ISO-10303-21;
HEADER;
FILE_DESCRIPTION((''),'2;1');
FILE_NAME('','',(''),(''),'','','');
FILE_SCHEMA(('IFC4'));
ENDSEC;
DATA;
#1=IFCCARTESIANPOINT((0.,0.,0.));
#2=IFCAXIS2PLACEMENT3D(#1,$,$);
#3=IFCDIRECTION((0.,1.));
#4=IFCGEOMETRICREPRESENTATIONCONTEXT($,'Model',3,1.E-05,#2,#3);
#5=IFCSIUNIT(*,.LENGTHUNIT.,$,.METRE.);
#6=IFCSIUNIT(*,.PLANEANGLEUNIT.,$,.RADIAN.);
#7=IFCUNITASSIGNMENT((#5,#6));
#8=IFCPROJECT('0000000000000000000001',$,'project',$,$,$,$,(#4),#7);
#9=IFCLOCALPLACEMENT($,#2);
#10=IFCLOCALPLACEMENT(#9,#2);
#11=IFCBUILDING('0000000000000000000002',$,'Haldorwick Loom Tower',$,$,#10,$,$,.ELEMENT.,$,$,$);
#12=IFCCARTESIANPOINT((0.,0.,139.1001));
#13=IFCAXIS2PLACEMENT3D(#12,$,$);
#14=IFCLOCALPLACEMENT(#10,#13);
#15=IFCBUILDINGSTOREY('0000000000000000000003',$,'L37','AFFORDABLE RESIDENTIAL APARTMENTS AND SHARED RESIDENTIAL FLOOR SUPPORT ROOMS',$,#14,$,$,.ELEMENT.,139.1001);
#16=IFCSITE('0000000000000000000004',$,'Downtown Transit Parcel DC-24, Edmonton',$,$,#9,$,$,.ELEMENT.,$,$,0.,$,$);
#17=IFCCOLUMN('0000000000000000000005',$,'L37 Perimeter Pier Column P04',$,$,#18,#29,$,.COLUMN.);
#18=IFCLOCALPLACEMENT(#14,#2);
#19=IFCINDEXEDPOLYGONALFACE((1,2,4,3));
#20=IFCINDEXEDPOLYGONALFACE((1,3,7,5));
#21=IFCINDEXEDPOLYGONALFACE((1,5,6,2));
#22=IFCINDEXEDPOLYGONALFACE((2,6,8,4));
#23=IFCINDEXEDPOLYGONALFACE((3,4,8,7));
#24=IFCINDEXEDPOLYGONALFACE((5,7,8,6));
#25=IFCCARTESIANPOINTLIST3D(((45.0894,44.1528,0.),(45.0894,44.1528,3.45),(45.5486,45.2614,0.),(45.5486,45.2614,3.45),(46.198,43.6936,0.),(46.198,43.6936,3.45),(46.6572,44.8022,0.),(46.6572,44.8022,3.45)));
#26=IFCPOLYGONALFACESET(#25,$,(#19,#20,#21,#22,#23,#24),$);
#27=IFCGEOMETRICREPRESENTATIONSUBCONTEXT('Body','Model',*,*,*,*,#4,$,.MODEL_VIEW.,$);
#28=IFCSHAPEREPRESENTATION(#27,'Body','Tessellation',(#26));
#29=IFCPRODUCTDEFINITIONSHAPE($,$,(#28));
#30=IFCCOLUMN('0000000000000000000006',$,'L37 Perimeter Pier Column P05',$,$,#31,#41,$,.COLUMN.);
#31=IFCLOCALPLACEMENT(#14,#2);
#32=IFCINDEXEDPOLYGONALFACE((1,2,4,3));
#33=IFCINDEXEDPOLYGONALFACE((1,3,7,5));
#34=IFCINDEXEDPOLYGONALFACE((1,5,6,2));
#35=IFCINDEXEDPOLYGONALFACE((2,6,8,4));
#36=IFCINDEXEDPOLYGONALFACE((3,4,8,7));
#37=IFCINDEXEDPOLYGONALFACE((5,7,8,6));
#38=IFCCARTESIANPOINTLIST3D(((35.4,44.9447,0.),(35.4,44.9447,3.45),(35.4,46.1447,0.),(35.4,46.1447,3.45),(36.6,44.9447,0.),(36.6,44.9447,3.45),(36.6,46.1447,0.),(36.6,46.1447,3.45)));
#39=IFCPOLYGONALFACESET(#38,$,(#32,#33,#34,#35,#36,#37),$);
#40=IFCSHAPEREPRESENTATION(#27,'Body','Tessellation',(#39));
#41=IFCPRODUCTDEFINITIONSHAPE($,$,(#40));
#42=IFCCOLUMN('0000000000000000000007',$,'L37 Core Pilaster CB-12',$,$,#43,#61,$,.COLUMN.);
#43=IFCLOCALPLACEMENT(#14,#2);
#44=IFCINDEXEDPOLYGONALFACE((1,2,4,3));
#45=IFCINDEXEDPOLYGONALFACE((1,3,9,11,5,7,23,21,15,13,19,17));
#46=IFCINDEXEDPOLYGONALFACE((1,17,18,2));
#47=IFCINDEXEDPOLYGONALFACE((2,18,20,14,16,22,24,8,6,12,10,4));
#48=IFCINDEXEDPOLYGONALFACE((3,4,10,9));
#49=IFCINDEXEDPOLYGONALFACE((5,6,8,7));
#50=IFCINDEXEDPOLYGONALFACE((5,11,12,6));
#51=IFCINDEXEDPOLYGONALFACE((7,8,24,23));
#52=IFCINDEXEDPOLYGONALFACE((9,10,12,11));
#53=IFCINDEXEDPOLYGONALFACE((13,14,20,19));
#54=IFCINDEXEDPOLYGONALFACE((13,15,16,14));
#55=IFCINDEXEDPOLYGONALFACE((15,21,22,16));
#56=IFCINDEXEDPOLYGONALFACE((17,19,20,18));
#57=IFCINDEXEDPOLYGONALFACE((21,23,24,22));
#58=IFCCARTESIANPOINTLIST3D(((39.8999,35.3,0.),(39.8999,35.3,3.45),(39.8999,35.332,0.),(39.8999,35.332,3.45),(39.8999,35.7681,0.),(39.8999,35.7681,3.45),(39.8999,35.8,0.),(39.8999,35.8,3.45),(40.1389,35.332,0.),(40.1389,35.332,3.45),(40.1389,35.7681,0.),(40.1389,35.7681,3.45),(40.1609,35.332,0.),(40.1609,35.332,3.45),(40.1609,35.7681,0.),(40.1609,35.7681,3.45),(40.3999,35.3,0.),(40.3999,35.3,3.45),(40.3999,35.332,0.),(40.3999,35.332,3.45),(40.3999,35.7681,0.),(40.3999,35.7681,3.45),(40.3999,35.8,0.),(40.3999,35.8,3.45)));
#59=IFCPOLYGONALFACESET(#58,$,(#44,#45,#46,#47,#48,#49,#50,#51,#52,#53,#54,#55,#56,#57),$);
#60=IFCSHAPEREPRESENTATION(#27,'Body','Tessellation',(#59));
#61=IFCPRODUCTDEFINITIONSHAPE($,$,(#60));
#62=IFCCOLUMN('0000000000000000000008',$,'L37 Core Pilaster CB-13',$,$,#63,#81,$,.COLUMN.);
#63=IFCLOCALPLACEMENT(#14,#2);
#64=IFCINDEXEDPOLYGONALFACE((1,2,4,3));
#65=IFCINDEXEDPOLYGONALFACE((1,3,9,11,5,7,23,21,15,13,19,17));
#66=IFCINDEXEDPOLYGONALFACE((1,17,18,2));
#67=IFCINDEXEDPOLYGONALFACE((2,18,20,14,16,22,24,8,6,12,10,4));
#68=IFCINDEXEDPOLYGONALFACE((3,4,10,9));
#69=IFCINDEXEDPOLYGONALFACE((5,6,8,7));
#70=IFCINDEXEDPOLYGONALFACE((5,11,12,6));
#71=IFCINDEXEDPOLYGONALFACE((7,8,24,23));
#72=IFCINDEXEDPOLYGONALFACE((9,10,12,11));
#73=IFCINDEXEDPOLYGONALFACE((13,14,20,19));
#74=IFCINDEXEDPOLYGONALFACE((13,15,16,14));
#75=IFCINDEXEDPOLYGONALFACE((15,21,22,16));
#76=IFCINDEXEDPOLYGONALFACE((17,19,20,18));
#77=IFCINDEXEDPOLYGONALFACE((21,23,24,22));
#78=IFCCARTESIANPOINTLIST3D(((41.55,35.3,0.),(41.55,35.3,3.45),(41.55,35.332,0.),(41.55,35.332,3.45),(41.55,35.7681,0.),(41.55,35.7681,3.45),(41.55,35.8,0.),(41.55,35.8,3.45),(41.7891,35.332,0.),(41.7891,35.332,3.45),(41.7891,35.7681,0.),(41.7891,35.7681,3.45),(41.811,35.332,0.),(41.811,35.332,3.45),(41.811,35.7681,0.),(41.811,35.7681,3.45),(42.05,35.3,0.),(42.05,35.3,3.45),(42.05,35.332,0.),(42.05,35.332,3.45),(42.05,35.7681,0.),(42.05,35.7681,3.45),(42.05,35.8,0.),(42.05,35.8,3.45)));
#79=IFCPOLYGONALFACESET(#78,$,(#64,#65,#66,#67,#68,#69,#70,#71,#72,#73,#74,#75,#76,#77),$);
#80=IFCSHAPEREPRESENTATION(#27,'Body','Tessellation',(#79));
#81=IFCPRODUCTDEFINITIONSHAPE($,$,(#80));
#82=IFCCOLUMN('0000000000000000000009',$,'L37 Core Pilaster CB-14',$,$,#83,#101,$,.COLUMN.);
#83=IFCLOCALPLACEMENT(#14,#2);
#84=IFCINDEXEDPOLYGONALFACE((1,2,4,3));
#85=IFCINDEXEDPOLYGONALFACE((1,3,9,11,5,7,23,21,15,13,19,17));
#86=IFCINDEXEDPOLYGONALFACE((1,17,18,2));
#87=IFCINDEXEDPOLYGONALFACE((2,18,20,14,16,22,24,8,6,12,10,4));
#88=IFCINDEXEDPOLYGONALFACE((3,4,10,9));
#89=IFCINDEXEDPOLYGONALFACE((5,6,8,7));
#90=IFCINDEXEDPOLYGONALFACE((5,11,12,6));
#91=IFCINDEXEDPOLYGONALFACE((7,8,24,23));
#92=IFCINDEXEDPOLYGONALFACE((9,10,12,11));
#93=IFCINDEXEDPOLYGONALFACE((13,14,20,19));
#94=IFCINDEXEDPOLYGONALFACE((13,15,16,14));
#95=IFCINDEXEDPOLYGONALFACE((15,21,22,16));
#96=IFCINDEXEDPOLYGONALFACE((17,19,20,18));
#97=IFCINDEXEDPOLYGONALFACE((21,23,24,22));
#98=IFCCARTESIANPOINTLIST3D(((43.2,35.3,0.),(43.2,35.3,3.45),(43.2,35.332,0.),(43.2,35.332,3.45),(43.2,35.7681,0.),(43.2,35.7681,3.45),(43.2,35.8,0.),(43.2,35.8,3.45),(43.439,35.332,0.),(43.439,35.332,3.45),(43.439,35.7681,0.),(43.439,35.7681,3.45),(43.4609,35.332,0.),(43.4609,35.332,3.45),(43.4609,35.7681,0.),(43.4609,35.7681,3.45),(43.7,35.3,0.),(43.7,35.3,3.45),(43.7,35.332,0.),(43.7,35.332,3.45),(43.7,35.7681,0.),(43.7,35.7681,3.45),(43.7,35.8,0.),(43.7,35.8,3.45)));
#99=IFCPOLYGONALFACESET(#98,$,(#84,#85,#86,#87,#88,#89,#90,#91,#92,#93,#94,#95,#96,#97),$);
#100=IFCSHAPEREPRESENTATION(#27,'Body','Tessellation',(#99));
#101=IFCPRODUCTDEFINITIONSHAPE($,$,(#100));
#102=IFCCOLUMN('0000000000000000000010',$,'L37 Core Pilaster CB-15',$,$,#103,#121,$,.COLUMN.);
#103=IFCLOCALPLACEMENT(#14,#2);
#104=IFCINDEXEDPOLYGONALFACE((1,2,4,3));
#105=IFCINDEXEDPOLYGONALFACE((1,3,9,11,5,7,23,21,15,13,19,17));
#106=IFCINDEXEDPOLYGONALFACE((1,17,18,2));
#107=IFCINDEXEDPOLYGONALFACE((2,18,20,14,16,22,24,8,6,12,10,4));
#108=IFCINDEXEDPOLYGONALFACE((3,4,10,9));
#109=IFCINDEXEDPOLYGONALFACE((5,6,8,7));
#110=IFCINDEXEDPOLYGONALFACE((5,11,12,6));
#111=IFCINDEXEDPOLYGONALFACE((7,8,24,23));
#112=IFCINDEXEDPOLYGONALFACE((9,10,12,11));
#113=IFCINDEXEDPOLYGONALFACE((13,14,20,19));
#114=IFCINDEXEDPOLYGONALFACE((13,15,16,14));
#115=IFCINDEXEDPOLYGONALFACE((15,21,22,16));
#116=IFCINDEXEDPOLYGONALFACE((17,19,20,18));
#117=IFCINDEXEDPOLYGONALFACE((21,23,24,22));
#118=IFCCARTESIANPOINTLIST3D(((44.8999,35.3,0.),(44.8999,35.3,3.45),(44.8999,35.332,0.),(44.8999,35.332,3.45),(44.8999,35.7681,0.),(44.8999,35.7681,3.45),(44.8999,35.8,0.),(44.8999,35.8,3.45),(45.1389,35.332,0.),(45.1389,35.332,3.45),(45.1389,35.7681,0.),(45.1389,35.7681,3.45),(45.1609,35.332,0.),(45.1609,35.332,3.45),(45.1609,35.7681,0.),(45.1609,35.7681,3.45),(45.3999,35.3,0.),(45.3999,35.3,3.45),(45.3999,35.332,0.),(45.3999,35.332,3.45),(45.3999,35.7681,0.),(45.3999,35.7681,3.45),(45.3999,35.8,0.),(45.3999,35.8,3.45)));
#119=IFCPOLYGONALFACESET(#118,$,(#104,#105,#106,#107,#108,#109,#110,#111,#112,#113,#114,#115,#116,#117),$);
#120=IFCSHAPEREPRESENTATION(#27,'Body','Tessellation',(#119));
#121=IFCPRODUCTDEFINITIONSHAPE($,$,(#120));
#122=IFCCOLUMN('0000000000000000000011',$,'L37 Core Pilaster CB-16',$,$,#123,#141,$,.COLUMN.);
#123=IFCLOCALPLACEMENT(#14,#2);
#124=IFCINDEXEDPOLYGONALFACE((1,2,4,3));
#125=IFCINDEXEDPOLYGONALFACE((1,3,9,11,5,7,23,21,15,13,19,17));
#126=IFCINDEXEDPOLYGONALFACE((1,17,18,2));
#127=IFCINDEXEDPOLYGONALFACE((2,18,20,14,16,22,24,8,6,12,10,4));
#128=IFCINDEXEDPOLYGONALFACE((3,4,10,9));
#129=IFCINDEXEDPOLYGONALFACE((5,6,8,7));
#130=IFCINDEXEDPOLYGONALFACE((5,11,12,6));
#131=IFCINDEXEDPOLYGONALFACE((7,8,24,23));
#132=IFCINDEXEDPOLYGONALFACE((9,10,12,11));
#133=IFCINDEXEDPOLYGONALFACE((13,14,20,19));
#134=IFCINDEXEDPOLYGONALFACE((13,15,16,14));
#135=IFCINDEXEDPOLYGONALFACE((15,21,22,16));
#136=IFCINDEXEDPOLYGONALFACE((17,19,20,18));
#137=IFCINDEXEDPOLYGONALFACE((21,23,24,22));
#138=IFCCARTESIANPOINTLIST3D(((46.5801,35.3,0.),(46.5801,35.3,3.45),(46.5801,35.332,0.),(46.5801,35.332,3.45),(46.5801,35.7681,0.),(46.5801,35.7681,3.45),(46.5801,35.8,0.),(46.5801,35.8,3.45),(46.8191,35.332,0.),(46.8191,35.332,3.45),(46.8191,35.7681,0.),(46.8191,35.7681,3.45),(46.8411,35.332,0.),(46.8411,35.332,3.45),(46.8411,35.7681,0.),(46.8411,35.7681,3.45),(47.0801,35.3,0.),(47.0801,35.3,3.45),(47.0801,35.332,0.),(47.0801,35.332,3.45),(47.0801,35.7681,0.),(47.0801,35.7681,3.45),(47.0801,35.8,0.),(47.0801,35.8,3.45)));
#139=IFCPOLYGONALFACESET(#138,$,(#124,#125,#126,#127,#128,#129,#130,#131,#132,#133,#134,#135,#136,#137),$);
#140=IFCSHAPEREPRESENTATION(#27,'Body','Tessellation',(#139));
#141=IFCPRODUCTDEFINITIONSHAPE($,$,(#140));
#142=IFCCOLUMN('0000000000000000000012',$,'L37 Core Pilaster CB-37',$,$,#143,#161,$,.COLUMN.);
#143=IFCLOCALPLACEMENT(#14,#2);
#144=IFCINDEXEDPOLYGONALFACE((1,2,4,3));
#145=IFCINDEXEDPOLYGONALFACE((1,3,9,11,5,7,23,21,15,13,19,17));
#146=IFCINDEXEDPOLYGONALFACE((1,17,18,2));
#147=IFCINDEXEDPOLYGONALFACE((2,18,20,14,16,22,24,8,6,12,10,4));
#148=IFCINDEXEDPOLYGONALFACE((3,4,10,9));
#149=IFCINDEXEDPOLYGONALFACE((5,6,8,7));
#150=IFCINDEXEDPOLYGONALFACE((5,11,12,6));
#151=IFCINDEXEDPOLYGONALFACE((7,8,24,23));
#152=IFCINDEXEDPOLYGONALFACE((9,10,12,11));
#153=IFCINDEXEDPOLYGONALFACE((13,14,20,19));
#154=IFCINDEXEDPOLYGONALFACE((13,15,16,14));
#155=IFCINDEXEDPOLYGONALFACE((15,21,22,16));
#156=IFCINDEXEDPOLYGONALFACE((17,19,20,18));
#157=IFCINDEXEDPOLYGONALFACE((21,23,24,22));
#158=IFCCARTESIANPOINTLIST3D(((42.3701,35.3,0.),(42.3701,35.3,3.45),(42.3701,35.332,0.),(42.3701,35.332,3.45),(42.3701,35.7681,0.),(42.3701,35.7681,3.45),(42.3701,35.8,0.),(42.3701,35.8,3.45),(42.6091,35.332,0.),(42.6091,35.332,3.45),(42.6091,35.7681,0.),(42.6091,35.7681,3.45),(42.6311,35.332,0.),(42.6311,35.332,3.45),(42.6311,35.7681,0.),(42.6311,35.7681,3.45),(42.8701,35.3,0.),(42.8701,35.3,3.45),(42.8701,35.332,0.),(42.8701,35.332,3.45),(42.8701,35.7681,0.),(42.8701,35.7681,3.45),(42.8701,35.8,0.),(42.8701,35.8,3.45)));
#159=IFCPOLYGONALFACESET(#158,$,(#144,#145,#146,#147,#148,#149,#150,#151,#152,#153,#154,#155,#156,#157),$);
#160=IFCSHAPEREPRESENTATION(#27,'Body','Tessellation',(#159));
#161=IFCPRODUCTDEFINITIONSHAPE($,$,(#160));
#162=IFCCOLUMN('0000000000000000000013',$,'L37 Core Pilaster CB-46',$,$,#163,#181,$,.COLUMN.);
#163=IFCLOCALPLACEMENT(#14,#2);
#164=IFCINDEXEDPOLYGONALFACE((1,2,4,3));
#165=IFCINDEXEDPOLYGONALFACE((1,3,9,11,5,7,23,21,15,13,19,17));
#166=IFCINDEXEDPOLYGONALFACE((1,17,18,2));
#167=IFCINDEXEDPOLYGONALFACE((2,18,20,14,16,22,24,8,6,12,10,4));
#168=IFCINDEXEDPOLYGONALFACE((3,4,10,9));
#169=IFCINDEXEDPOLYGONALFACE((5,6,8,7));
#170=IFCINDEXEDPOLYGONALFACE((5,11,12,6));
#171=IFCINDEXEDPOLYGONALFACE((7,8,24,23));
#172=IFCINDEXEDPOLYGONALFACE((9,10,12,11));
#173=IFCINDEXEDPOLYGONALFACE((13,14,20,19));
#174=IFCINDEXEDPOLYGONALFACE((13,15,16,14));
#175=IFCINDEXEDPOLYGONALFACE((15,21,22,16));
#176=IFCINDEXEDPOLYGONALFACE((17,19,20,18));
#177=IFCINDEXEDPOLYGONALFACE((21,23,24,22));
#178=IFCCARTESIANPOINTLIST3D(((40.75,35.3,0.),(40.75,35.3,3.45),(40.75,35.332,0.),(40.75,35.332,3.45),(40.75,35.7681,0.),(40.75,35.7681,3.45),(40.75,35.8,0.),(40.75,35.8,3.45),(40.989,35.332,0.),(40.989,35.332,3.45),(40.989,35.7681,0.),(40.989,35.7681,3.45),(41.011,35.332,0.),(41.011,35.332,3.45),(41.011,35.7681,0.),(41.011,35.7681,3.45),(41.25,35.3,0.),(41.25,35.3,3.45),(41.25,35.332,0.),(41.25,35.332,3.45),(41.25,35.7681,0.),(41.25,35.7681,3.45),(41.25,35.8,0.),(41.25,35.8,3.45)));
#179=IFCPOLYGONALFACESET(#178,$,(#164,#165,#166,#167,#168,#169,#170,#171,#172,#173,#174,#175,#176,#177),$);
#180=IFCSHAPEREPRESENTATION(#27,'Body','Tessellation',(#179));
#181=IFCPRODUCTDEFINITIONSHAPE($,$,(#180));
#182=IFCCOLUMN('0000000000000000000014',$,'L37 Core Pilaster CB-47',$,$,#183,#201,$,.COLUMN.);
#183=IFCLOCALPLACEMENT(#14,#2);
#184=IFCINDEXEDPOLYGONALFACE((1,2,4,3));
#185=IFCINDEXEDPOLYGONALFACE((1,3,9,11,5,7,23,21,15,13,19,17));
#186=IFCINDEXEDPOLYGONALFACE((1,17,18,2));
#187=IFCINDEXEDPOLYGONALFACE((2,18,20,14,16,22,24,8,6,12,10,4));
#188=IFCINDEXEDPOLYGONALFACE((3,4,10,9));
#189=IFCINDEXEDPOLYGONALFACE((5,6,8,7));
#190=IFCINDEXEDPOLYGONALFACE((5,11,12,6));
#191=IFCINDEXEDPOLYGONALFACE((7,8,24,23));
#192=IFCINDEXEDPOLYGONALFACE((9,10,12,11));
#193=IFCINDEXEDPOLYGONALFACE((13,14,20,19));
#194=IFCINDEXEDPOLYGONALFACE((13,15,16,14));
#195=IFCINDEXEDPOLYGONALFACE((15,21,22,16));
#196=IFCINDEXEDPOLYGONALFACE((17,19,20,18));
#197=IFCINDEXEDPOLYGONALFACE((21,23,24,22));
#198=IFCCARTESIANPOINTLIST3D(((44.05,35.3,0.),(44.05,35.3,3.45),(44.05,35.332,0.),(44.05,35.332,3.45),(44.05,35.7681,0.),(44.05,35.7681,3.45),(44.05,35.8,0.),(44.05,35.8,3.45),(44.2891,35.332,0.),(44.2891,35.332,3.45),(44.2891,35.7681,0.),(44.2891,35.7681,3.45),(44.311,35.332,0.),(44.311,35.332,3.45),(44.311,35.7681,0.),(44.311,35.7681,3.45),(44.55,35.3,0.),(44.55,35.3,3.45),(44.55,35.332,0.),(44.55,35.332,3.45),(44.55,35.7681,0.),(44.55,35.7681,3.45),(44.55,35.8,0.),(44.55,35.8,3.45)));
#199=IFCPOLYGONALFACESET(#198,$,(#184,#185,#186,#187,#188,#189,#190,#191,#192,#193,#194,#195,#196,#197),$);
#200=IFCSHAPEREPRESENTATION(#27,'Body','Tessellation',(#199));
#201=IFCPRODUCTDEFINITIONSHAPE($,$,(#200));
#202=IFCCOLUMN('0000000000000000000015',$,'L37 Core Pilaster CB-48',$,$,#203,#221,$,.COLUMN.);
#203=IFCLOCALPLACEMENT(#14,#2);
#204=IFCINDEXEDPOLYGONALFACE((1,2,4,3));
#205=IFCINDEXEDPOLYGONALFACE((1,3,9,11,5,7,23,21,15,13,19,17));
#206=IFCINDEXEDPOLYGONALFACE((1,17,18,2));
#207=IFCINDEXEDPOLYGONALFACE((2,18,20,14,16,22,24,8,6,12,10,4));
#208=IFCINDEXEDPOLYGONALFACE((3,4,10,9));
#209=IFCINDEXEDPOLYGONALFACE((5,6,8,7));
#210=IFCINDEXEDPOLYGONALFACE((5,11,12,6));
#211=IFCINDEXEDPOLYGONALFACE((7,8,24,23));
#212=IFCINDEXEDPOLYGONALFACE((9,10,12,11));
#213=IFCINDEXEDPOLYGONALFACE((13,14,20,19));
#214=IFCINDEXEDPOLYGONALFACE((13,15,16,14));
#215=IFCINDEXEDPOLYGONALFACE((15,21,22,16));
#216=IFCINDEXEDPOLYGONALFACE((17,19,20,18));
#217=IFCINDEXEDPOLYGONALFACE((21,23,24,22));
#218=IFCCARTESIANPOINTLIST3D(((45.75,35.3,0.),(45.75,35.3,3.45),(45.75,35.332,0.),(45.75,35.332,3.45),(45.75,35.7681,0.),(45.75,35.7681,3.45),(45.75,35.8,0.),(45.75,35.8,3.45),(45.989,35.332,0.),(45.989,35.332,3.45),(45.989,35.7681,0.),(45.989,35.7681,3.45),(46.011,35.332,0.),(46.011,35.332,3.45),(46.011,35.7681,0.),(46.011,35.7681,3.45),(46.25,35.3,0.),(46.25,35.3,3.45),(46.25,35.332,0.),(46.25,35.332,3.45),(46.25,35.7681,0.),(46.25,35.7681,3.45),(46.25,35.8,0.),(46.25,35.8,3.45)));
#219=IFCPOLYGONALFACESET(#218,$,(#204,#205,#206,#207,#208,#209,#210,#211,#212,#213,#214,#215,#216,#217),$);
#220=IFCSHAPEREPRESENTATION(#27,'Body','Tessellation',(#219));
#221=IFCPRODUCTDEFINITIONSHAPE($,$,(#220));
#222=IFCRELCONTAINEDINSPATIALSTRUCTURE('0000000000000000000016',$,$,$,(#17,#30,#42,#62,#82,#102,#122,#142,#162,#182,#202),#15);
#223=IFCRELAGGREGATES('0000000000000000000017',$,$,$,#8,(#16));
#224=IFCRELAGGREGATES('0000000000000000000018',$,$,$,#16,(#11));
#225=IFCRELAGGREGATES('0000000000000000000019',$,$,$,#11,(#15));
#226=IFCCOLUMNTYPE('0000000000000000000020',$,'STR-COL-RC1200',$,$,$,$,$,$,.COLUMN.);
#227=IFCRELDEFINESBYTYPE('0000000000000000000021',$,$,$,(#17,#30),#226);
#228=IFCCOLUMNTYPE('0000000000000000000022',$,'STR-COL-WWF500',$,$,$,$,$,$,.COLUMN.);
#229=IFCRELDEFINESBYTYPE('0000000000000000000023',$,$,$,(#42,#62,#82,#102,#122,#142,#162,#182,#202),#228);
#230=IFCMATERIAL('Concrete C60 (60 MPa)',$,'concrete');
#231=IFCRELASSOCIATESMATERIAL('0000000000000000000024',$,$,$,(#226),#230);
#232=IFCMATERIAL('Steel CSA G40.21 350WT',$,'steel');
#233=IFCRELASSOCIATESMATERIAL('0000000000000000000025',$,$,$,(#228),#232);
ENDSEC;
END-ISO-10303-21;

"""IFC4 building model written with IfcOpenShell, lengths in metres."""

from ifc_helpers import new_model, si_unit, direction, frame, origin, origin_2d, place, context, subcontext, project, spatial, rectangle, i_section, extrude, material, material_profile, profile_set, type_object, element, save


model = new_model("IFC4")

# Units and contexts
model_context = context("Model", 3, precision=1e-05, world=origin(), true_north=direction((0.0, 1.0)))
body_context = subcontext(model_context, "Body", "Model", "MODEL_VIEW")
ifc_project = project(units=[si_unit("LENGTHUNIT", "METRE"), si_unit("PLANEANGLEUNIT", "RADIAN")], contexts=[model_context])

# Site, building, storey
site_placement = place(None, origin())
site = spatial("IfcSite", under=ifc_project, at=site_placement, Name="Downtown Transit Parcel DC-24, Edmonton", CompositionType="ELEMENT", RefElevation=0.0)
building_placement = place(site_placement, origin())
building = spatial("IfcBuilding", under=site, at=building_placement, Name="Haldorwick Loom Tower", CompositionType="ELEMENT")
storey_placement = place(building_placement, frame((0.0, 0.0, 139.1001)))
storey = spatial("IfcBuildingStorey", under=building, at=storey_placement, Name="L37", Description="AFFORDABLE RESIDENTIAL APARTMENTS AND SHARED RESIDENTIAL FLOOR SUPPORT ROOMS", CompositionType="ELEMENT", Elevation=139.1001)

# Columns
ifc_material_1 = material(Name="Concrete C60 (60 MPa)", Category="concrete")
ifc_material_profile_1 = material_profile(ifc_material_1, rectangle(XDim=1.2, YDim=1.2, at=origin_2d()), Name="RC1200X1200", Category="concrete")
ifc_profile_set_1 = profile_set([ifc_material_profile_1], Name="Concrete C60 (60 MPa)")
column_type_1 = type_object("IfcColumnType", Name="STR-COL-RC1200", PredefinedType="COLUMN", material=ifc_profile_set_1)
for number, where, z_axis, x_axis, name in (
    (1, (45.8733, 44.4775, 0.0), (0.0, 0.0, 1.0), (0.382683, 0.92388, 0.0), "L37 Perimeter Pier Column P04"),
    (2, (36.0, 45.5447, 0.0), (0.0, 0.0, 1.0), (0.0, 1.0, 0.0), "L37 Perimeter Pier Column P05"),
):
    element("IfcColumn", number, at=place(storey_placement, frame(where, z_axis=z_axis, x_axis=x_axis)), inside=storey, type_object=column_type_1, Name=name, PredefinedType="COLUMN", context=body_context, shape_type="SweptSolid", body=[
        extrude(rectangle(XDim=1.2, YDim=1.2, at=origin_2d()), origin(), (0.0, 0.0, 1.0), 3.45),
    ])
ifc_material_2 = material(Name="Steel CSA G40.21 350WT", Category="steel")
ifc_material_profile_2 = material_profile(ifc_material_2, i_section(OverallWidth=0.5, OverallDepth=0.5, WebThickness=0.022, FlangeThickness=0.032, at=origin_2d()), Name="WWF500X500", Category="steel")
ifc_profile_set_2 = profile_set([ifc_material_profile_2], Name="Steel CSA G40.21 350WT")
column_type_2 = type_object("IfcColumnType", Name="STR-COL-WWF500", PredefinedType="COLUMN", material=ifc_profile_set_2)
for number, where, z_axis, x_axis, name in (
    (3, (40.1499, 35.55, 0.0), (0.0, 0.0, 1.0), (1.0, 0.0, 0.0), "L37 Core Pilaster CB-12"),
    (4, (41.8, 35.55, 0.0), (0.0, 0.0, 1.0), (1.0, 0.0, 0.0), "L37 Core Pilaster CB-13"),
    (5, (43.45, 35.55, 0.0), (0.0, 0.0, 1.0), (1.0, 0.0, 0.0), "L37 Core Pilaster CB-14"),
    (6, (45.1499, 35.55, 0.0), (0.0, 0.0, 1.0), (1.0, 0.0, 0.0), "L37 Core Pilaster CB-15"),
    (7, (46.8301, 35.55, 0.0), (0.0, 0.0, 1.0), (1.0, 0.0, 0.0), "L37 Core Pilaster CB-16"),
    (8, (42.6201, 35.55, 0.0), (0.0, 0.0, 1.0), (1.0, 0.0, 0.0), "L37 Core Pilaster CB-37"),
    (9, (41.0, 35.55, 0.0), (0.0, 0.0, 1.0), (1.0, 0.0, 0.0), "L37 Core Pilaster CB-46"),
    (10, (44.3, 35.55, 0.0), (0.0, 0.0, 1.0), (1.0, 0.0, 0.0), "L37 Core Pilaster CB-47"),
    (11, (46.0, 35.55, 0.0), (0.0, 0.0, 1.0), (1.0, 0.0, 0.0), "L37 Core Pilaster CB-48"),
):
    element("IfcColumn", number, at=place(storey_placement, frame(where, z_axis=z_axis, x_axis=x_axis)), inside=storey, type_object=column_type_2, Name=name, PredefinedType="COLUMN", context=body_context, shape_type="SweptSolid", body=[
        extrude(i_section(OverallWidth=0.5, OverallDepth=0.5, WebThickness=0.022, FlangeThickness=0.032, at=origin_2d()), origin(), (0.0, 0.0, 1.0), 3.45),
    ])

save(model, "model.ifc")
